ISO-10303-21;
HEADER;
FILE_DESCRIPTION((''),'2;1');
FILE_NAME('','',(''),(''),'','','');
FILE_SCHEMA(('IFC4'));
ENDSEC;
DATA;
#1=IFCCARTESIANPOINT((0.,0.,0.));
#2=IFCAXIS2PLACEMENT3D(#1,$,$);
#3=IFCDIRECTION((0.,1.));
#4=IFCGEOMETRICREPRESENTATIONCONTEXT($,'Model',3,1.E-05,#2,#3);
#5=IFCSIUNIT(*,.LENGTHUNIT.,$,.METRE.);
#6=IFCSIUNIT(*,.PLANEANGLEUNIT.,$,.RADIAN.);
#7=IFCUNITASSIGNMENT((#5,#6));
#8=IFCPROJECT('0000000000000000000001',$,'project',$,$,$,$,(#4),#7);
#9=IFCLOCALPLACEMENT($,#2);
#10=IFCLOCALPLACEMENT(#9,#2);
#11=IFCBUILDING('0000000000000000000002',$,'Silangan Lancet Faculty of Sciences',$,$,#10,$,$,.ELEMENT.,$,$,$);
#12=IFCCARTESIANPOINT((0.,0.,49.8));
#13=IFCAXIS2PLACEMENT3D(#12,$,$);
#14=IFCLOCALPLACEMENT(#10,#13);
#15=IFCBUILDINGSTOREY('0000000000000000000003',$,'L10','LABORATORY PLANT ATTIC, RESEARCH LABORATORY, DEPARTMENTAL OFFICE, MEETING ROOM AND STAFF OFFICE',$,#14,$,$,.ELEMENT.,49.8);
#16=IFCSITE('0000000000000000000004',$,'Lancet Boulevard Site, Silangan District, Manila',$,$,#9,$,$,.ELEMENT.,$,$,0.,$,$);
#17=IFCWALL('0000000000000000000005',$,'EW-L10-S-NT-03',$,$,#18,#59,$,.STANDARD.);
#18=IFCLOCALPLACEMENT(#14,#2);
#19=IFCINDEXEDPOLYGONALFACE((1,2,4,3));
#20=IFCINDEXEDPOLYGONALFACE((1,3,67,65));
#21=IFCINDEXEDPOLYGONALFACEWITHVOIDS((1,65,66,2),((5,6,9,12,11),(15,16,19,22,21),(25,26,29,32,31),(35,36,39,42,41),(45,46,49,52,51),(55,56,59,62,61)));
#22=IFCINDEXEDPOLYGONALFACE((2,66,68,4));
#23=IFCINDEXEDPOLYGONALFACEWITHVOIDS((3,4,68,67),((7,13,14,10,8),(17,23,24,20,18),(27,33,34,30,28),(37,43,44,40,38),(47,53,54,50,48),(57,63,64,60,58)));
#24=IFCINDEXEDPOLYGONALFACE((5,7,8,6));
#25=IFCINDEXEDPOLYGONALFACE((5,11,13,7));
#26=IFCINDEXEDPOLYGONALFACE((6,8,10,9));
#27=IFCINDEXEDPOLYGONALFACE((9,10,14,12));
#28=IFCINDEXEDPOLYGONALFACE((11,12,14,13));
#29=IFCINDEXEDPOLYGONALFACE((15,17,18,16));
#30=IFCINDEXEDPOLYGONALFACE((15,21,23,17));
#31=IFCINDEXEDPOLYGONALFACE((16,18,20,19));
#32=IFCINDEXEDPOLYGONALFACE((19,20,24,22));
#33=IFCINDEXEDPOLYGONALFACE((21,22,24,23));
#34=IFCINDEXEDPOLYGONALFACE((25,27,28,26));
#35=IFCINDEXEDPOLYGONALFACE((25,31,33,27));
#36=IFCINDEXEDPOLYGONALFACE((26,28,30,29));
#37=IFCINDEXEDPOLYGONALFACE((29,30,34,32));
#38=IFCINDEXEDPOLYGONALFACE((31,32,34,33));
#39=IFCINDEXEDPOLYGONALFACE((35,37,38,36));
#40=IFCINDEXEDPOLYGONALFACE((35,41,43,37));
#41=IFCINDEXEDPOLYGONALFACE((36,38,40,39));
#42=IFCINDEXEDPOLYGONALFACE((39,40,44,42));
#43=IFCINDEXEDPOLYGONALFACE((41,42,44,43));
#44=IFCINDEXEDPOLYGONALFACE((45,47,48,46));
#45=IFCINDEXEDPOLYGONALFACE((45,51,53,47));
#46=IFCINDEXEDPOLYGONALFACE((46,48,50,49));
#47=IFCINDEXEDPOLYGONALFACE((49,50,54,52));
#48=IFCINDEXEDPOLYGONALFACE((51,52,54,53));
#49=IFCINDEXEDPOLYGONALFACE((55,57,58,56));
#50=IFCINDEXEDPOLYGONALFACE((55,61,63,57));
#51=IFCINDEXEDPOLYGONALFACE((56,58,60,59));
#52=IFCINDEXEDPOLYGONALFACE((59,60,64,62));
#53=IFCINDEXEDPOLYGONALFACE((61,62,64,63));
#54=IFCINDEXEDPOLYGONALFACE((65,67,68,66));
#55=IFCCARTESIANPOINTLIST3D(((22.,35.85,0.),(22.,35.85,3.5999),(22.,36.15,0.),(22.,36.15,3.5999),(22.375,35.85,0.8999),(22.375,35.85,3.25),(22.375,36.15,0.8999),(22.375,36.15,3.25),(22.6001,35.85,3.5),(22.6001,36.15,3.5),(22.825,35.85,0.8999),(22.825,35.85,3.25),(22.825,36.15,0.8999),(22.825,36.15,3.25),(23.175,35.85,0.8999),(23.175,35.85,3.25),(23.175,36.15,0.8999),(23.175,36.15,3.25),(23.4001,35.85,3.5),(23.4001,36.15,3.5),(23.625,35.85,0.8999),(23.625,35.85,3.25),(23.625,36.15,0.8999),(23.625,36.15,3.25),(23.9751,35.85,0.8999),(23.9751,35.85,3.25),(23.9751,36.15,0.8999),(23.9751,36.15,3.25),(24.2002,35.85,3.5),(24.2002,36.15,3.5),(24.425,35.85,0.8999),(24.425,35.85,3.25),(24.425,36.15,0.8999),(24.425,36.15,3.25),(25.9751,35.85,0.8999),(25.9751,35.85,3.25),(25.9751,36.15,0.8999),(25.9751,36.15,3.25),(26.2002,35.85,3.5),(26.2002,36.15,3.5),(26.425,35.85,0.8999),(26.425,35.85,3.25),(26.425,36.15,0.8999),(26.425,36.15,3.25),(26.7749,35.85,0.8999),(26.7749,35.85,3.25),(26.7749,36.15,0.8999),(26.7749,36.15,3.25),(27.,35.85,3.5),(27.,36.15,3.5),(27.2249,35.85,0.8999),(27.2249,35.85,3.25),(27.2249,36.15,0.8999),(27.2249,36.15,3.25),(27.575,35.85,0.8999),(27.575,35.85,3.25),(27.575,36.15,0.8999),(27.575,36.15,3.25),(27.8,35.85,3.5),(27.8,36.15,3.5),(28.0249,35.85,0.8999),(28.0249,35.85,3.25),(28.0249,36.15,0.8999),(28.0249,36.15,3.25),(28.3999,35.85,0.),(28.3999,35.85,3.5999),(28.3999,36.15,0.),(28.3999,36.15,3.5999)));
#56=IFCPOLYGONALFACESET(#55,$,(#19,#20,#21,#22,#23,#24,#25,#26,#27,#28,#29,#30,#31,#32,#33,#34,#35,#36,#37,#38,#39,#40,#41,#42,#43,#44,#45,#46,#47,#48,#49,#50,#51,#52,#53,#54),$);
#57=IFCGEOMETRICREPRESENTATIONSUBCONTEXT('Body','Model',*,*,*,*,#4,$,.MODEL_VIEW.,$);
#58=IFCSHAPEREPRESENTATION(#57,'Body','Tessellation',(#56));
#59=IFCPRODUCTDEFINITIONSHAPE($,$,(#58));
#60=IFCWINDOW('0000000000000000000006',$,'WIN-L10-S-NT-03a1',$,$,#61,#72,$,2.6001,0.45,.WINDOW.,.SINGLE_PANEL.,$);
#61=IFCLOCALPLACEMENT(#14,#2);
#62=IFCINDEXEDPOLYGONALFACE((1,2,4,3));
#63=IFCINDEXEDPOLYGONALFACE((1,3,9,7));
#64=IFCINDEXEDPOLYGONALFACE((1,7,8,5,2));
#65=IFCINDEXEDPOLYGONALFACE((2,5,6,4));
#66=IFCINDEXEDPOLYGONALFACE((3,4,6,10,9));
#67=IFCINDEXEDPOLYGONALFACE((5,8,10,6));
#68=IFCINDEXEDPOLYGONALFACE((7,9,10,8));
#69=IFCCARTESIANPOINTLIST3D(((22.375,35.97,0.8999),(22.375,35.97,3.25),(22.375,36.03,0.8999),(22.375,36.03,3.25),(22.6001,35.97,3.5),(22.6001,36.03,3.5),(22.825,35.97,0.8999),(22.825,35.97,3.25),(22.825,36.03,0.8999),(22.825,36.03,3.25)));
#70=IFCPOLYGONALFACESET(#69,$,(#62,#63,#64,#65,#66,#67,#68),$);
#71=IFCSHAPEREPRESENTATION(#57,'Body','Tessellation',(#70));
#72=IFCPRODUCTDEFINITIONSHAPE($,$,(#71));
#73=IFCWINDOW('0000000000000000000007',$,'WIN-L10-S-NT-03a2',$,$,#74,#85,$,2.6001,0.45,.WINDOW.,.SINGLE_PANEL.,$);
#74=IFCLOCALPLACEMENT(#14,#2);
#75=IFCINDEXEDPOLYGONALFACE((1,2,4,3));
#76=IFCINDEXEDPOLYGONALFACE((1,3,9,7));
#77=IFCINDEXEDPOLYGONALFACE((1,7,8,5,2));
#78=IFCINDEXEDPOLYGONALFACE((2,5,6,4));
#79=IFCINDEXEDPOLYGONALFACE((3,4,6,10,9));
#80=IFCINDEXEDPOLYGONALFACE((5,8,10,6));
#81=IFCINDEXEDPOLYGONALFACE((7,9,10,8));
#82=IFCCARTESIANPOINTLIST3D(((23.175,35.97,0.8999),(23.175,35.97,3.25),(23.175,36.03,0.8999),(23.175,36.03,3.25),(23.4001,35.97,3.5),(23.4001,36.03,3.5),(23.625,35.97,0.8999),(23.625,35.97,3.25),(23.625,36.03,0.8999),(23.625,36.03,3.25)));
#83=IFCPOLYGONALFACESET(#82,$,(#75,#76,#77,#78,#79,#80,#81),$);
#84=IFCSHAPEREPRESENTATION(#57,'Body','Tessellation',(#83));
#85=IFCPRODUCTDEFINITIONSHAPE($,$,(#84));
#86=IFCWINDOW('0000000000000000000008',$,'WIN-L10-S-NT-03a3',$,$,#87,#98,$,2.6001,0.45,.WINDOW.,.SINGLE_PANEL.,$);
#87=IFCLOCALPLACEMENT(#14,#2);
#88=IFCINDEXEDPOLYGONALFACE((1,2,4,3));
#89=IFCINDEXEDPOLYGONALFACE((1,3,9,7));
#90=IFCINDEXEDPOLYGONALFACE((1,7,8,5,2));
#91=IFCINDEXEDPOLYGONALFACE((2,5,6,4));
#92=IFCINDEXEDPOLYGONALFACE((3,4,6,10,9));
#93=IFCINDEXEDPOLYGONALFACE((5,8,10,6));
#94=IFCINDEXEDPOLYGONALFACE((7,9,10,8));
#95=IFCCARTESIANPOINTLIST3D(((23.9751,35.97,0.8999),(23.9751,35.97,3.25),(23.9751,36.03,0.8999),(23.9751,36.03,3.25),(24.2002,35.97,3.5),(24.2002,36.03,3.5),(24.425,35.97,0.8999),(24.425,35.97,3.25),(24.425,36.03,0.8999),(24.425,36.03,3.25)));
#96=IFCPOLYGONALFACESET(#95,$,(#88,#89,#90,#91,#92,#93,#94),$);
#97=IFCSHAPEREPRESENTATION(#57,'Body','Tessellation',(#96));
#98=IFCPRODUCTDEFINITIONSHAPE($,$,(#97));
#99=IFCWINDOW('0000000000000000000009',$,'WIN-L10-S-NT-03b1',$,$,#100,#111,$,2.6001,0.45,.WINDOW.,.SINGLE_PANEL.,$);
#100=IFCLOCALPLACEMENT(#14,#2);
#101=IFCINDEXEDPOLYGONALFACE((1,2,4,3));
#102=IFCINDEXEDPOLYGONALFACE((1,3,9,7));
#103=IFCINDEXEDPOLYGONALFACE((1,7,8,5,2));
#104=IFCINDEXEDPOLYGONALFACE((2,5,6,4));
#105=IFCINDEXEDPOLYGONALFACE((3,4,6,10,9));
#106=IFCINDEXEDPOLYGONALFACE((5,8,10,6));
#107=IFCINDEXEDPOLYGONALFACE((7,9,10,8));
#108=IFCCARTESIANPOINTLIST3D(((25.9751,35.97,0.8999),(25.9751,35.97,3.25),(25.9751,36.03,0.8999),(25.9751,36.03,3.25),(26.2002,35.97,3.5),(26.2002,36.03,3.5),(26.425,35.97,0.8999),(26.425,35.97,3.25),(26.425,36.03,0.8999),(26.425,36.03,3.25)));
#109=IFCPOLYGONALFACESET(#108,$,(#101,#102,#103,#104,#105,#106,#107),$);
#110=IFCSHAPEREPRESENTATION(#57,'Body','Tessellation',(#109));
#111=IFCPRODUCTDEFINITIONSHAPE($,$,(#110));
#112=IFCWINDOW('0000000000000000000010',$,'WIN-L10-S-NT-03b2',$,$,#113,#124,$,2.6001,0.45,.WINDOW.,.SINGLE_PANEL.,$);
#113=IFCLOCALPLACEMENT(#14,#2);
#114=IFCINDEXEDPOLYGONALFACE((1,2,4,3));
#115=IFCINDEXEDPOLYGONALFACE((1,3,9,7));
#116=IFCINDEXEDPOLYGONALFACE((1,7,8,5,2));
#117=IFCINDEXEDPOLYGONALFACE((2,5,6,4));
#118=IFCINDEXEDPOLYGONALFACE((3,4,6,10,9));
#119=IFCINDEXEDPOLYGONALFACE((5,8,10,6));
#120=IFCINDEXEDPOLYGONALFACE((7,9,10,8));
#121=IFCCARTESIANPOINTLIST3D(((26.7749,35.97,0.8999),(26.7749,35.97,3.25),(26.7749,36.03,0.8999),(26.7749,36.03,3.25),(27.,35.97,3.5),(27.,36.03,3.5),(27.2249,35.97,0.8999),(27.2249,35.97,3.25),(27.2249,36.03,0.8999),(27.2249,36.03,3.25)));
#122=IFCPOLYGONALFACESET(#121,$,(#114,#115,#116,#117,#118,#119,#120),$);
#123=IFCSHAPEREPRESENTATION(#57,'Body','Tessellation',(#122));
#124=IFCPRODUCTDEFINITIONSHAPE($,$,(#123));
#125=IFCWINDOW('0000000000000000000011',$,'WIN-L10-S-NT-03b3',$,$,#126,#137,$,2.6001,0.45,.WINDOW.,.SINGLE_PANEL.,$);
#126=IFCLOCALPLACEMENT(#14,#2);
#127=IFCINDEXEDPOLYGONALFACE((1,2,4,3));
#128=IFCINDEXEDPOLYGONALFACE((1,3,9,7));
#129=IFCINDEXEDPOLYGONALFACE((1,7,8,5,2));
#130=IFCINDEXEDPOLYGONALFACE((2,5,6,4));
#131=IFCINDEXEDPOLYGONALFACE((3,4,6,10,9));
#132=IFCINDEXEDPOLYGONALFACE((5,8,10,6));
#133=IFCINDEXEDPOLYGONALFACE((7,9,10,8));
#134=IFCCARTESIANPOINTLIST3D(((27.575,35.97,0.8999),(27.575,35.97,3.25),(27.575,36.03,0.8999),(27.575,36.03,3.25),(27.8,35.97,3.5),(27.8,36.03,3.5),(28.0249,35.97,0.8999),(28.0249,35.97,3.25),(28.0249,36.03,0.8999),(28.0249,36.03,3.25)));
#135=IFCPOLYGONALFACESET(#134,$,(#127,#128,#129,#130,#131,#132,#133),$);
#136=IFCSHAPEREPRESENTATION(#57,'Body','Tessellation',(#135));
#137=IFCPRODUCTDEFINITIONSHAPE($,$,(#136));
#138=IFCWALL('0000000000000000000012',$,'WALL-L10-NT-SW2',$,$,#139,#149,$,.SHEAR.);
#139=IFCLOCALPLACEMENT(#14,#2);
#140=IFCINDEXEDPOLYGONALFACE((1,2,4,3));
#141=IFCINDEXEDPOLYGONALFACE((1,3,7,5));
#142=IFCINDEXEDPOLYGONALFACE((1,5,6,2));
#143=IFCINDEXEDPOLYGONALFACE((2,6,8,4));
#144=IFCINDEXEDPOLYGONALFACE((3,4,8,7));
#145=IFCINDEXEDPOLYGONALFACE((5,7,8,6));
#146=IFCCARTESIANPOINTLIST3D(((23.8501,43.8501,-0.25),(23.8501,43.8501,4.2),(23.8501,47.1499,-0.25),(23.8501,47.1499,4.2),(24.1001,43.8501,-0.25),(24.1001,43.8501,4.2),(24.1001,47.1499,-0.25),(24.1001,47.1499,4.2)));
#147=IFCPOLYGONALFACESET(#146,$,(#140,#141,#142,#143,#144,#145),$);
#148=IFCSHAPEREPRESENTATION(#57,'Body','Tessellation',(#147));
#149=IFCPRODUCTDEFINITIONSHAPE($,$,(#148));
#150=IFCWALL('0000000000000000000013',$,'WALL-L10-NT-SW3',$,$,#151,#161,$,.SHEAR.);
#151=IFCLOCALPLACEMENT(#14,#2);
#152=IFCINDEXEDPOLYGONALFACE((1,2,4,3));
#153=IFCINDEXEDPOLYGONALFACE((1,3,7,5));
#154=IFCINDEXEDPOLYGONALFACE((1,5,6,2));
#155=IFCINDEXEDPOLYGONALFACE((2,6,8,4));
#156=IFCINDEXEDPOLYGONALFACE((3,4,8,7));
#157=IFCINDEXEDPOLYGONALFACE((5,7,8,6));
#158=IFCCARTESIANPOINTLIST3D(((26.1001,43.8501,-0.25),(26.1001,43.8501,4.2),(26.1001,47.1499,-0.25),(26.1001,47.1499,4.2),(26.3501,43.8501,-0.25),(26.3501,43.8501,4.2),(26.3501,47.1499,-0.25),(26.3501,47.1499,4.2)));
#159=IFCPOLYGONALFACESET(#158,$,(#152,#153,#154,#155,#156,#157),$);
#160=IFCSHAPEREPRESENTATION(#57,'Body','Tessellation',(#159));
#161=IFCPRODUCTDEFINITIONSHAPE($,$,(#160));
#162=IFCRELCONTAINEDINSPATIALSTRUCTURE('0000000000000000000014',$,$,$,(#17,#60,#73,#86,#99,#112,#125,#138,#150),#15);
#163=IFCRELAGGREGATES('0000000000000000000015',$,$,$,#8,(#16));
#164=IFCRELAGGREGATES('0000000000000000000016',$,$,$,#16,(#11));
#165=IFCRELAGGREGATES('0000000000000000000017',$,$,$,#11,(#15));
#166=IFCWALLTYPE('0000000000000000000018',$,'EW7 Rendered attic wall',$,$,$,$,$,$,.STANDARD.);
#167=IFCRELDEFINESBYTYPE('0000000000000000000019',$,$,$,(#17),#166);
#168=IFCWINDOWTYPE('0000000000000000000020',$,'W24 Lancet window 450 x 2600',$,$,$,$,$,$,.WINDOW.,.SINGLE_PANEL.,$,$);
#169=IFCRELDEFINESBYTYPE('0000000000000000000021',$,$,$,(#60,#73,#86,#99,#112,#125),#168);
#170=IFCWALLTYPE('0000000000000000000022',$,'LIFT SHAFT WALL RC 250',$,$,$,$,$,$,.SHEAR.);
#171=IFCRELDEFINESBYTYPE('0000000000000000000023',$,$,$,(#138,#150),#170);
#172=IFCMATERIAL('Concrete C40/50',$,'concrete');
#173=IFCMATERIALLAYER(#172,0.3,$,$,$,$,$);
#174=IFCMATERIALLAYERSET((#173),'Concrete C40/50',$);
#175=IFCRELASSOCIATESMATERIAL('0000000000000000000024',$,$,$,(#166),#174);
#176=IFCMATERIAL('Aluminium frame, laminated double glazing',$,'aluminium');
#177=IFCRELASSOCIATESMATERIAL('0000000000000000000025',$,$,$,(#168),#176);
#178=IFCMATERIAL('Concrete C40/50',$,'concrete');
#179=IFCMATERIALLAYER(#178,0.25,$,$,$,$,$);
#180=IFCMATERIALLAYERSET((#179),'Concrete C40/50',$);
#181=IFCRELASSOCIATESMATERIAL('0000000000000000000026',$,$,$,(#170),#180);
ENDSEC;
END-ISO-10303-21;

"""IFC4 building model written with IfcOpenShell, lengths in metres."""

from ifc_helpers import new_model, si_unit, direction, frame, frame_2d, origin, place, context, subcontext, project, spatial, polyline, rectangle, outline, extrude, material, layer, layer_set, type_object, element, fill, save


model = new_model("IFC4")

# Units and contexts
model_context = context("Model", 3, precision=1e-05, world=origin(), true_north=direction((0.0, 1.0)))
body_context = subcontext(model_context, "Body", "Model", "MODEL_VIEW")
ifc_project = project(units=[si_unit("LENGTHUNIT", "METRE"), si_unit("PLANEANGLEUNIT", "RADIAN")], contexts=[model_context])

# Site, building, storey
site_placement = place(None, origin())
site = spatial("IfcSite", under=ifc_project, at=site_placement, Name="Lancet Boulevard Site, Silangan District, Manila", CompositionType="ELEMENT", RefElevation=0.0)
building_placement = place(site_placement, origin())
building = spatial("IfcBuilding", under=site, at=building_placement, Name="Silangan Lancet Faculty of Sciences", CompositionType="ELEMENT")
storey_placement = place(building_placement, frame((0.0, 0.0, 49.8)))
storey = spatial("IfcBuildingStorey", under=building, at=storey_placement, Name="L10", Description="LABORATORY PLANT ATTIC, RESEARCH LABORATORY, DEPARTMENTAL OFFICE, MEETING ROOM AND STAFF OFFICE", CompositionType="ELEMENT", Elevation=49.8)

# Wall, openings, windows
ifc_material_1 = material(Name="Concrete C40/50", Category="concrete")
ifc_layer_1 = layer(ifc_material_1, 0.3)
ifc_layer_set_1 = layer_set([ifc_layer_1], Name="Concrete C40/50")
wall_type_1 = type_object("IfcWallType", Name="EW7 Rendered attic wall", PredefinedType="STANDARD", material=ifc_layer_set_1)
ifc_material_2 = material(Name="Aluminium frame, laminated double glazing", Category="aluminium")
window_type = type_object("IfcWindowType", Name="W24 Lancet window 450 x 2600", PartitioningType="SINGLE_PANEL", PredefinedType="WINDOW", material=ifc_material_2)
wall_1_placement = place(storey_placement, frame((22.0, 36.0, 0.0), z_axis=(0.0, 0.0, 1.0), x_axis=(1.0, 0.0, 0.0)))
wall_1 = element("IfcWall", 1, at=wall_1_placement, inside=storey, type_object=wall_type_1, Name="EW-L10-S-NT-03", PredefinedType="STANDARD", context=body_context, shape_type="SweptSolid", body=[
    extrude(rectangle(XDim=6.3999, YDim=0.3, at=frame_2d((3.2, 0.0))), origin(), (0.0, 0.0, 1.0), 3.5999),
])
opening_1_placement = place(wall_1_placement, frame((0.375, 0.0, 0.8999)))
opening_1 = element("IfcOpeningElement", 2, at=opening_1_placement, cuts=wall_1, PredefinedType="OPENING", context=body_context, shape_type="SweptSolid", body=[
    extrude(outline(polyline([(0.0, 0.0), (0.45, 0.0), (0.45, 2.3501), (0.2251, 2.6001), (0.0, 2.3501), (0.0, 0.0)])), frame((0.0, 0.1599, 0.0), z_axis=(0.0, -1.0, 0.0), x_axis=(1.0, 0.0, 0.0)), (0.0, 0.0, 1.0), 0.3201),
])
opening_2_placement = place(wall_1_placement, frame((1.175, 0.0, 0.8999)))
opening_2 = element("IfcOpeningElement", 3, at=opening_2_placement, cuts=wall_1, PredefinedType="OPENING", context=body_context, shape_type="SweptSolid", body=[
    extrude(outline(polyline([(0.0, 0.0), (0.45, 0.0), (0.45, 2.3501), (0.2251, 2.6001), (0.0, 2.3501), (0.0, 0.0)])), frame((0.0, 0.1599, 0.0), z_axis=(0.0, -1.0, 0.0), x_axis=(1.0, 0.0, 0.0)), (0.0, 0.0, 1.0), 0.3201),
])
opening_3_placement = place(wall_1_placement, frame((1.9751, 0.0, 0.8999)))
opening_3 = element("IfcOpeningElement", 4, at=opening_3_placement, cuts=wall_1, PredefinedType="OPENING", context=body_context, shape_type="SweptSolid", body=[
    extrude(outline(polyline([(0.0, 0.0), (0.45, 0.0), (0.45, 2.3501), (0.2251, 2.6001), (0.0, 2.3501), (0.0, 0.0)])), frame((0.0, 0.1599, 0.0), z_axis=(0.0, -1.0, 0.0), x_axis=(1.0, 0.0, 0.0)), (0.0, 0.0, 1.0), 0.3201),
])
opening_4_placement = place(wall_1_placement, frame((3.9751, 0.0, 0.8999)))
opening_4 = element("IfcOpeningElement", 5, at=opening_4_placement, cuts=wall_1, PredefinedType="OPENING", context=body_context, shape_type="SweptSolid", body=[
    extrude(outline(polyline([(0.0, 0.0), (0.45, 0.0), (0.45, 2.3501), (0.2251, 2.6001), (0.0, 2.3501), (0.0, 0.0)])), frame((0.0, 0.1599, 0.0), z_axis=(0.0, -1.0, 0.0), x_axis=(1.0, 0.0, 0.0)), (0.0, 0.0, 1.0), 0.3201),
])
opening_5_placement = place(wall_1_placement, frame((4.7749, 0.0, 0.8999)))
opening_5 = element("IfcOpeningElement", 6, at=opening_5_placement, cuts=wall_1, PredefinedType="OPENING", context=body_context, shape_type="SweptSolid", body=[
    extrude(outline(polyline([(0.0, 0.0), (0.45, 0.0), (0.45, 2.3501), (0.2251, 2.6001), (0.0, 2.3501), (0.0, 0.0)])), frame((0.0, 0.1599, 0.0), z_axis=(0.0, -1.0, 0.0), x_axis=(1.0, 0.0, 0.0)), (0.0, 0.0, 1.0), 0.3201),
])
opening_6_placement = place(wall_1_placement, frame((5.575, 0.0, 0.8999)))
opening_6 = element("IfcOpeningElement", 7, at=opening_6_placement, cuts=wall_1, PredefinedType="OPENING", context=body_context, shape_type="SweptSolid", body=[
    extrude(outline(polyline([(0.0, 0.0), (0.45, 0.0), (0.45, 2.3501), (0.2251, 2.6001), (0.0, 2.3501), (0.0, 0.0)])), frame((0.0, 0.1599, 0.0), z_axis=(0.0, -1.0, 0.0), x_axis=(1.0, 0.0, 0.0)), (0.0, 0.0, 1.0), 0.3201),
])
window_1_placement = place(opening_1_placement, origin())
window_1 = element("IfcWindow", 8, at=window_1_placement, inside=storey, type_object=window_type, Name="WIN-L10-S-NT-03a1", OverallHeight=2.6001, OverallWidth=0.45, PartitioningType="SINGLE_PANEL", PredefinedType="WINDOW", context=body_context, shape_type="SweptSolid", body=[
    extrude(outline(polyline([(0.0, 0.0), (0.45, 0.0), (0.45, 2.3501), (0.2251, 2.6001), (0.0, 2.3501), (0.0, 0.0)])), frame((0.0, 0.03, 0.0), z_axis=(0.0, -1.0, 0.0), x_axis=(1.0, 0.0, 0.0)), (0.0, 0.0, 1.0), 0.0601),
])
fill(opening_1, window_1)
window_2_placement = place(opening_2_placement, origin())
window_2 = element("IfcWindow", 9, at=window_2_placement, inside=storey, type_object=window_type, Name="WIN-L10-S-NT-03a2", OverallHeight=2.6001, OverallWidth=0.45, PartitioningType="SINGLE_PANEL", PredefinedType="WINDOW", context=body_context, shape_type="SweptSolid", body=[
    extrude(outline(polyline([(0.0, 0.0), (0.45, 0.0), (0.45, 2.3501), (0.2251, 2.6001), (0.0, 2.3501), (0.0, 0.0)])), frame((0.0, 0.03, 0.0), z_axis=(0.0, -1.0, 0.0), x_axis=(1.0, 0.0, 0.0)), (0.0, 0.0, 1.0), 0.0601),
])
fill(opening_2, window_2)
window_3_placement = place(opening_3_placement, origin())
window_3 = element("IfcWindow", 10, at=window_3_placement, inside=storey, type_object=window_type, Name="WIN-L10-S-NT-03a3", OverallHeight=2.6001, OverallWidth=0.45, PartitioningType="SINGLE_PANEL", PredefinedType="WINDOW", context=body_context, shape_type="SweptSolid", body=[
    extrude(outline(polyline([(0.0, 0.0), (0.45, 0.0), (0.45, 2.3501), (0.2251, 2.6001), (0.0, 2.3501), (0.0, 0.0)])), frame((0.0, 0.03, 0.0), z_axis=(0.0, -1.0, 0.0), x_axis=(1.0, 0.0, 0.0)), (0.0, 0.0, 1.0), 0.0601),
])
fill(opening_3, window_3)
window_4_placement = place(opening_4_placement, origin())
window_4 = element("IfcWindow", 11, at=window_4_placement, inside=storey, type_object=window_type, Name="WIN-L10-S-NT-03b1", OverallHeight=2.6001, OverallWidth=0.45, PartitioningType="SINGLE_PANEL", PredefinedType="WINDOW", context=body_context, shape_type="SweptSolid", body=[
    extrude(outline(polyline([(0.0, 0.0), (0.45, 0.0), (0.45, 2.3501), (0.2251, 2.6001), (0.0, 2.3501), (0.0, 0.0)])), frame((0.0, 0.03, 0.0), z_axis=(0.0, -1.0, 0.0), x_axis=(1.0, 0.0, 0.0)), (0.0, 0.0, 1.0), 0.0601),
])
fill(opening_4, window_4)
window_5_placement = place(opening_5_placement, origin())
window_5 = element("IfcWindow", 12, at=window_5_placement, inside=storey, type_object=window_type, Name="WIN-L10-S-NT-03b2", OverallHeight=2.6001, OverallWidth=0.45, PartitioningType="SINGLE_PANEL", PredefinedType="WINDOW", context=body_context, shape_type="SweptSolid", body=[
    extrude(outline(polyline([(0.0, 0.0), (0.45, 0.0), (0.45, 2.3501), (0.2251, 2.6001), (0.0, 2.3501), (0.0, 0.0)])), frame((0.0, 0.03, 0.0), z_axis=(0.0, -1.0, 0.0), x_axis=(1.0, 0.0, 0.0)), (0.0, 0.0, 1.0), 0.0601),
])
fill(opening_5, window_5)
window_6_placement = place(opening_6_placement, origin())
window_6 = element("IfcWindow", 13, at=window_6_placement, inside=storey, type_object=window_type, Name="WIN-L10-S-NT-03b3", OverallHeight=2.6001, OverallWidth=0.45, PartitioningType="SINGLE_PANEL", PredefinedType="WINDOW", context=body_context, shape_type="SweptSolid", body=[
    extrude(outline(polyline([(0.0, 0.0), (0.45, 0.0), (0.45, 2.3501), (0.2251, 2.6001), (0.0, 2.3501), (0.0, 0.0)])), frame((0.0, 0.03, 0.0), z_axis=(0.0, -1.0, 0.0), x_axis=(1.0, 0.0, 0.0)), (0.0, 0.0, 1.0), 0.0601),
])
fill(opening_6, window_6)

# Walls
ifc_material_3 = material(Name="Concrete C40/50", Category="concrete")
ifc_layer_2 = layer(ifc_material_3, 0.25)
ifc_layer_set_2 = layer_set([ifc_layer_2], Name="Concrete C40/50")
wall_type_2 = type_object("IfcWallType", Name="LIFT SHAFT WALL RC 250", PredefinedType="SHEAR", material=ifc_layer_set_2)
for number, where, z_axis, x_axis, name in (
    (14, (23.9751, 43.8501, -0.25), (0.0, 0.0, 1.0), (0.0, 1.0, 0.0), "WALL-L10-NT-SW2"),
    (15, (26.2251, 43.8501, -0.25), (0.0, 0.0, 1.0), (0.0, 1.0, 0.0), "WALL-L10-NT-SW3"),
):
    element("IfcWall", number, at=place(storey_placement, frame(where, z_axis=z_axis, x_axis=x_axis)), inside=storey, type_object=wall_type_2, Name=name, PredefinedType="SHEAR", context=body_context, shape_type="SweptSolid", body=[
        extrude(rectangle(XDim=3.2998, YDim=0.25, at=frame_2d((1.6499, 0.0))), origin(), (0.0, 0.0, 1.0), 4.45),
    ])

save(model, "model.ifc")
